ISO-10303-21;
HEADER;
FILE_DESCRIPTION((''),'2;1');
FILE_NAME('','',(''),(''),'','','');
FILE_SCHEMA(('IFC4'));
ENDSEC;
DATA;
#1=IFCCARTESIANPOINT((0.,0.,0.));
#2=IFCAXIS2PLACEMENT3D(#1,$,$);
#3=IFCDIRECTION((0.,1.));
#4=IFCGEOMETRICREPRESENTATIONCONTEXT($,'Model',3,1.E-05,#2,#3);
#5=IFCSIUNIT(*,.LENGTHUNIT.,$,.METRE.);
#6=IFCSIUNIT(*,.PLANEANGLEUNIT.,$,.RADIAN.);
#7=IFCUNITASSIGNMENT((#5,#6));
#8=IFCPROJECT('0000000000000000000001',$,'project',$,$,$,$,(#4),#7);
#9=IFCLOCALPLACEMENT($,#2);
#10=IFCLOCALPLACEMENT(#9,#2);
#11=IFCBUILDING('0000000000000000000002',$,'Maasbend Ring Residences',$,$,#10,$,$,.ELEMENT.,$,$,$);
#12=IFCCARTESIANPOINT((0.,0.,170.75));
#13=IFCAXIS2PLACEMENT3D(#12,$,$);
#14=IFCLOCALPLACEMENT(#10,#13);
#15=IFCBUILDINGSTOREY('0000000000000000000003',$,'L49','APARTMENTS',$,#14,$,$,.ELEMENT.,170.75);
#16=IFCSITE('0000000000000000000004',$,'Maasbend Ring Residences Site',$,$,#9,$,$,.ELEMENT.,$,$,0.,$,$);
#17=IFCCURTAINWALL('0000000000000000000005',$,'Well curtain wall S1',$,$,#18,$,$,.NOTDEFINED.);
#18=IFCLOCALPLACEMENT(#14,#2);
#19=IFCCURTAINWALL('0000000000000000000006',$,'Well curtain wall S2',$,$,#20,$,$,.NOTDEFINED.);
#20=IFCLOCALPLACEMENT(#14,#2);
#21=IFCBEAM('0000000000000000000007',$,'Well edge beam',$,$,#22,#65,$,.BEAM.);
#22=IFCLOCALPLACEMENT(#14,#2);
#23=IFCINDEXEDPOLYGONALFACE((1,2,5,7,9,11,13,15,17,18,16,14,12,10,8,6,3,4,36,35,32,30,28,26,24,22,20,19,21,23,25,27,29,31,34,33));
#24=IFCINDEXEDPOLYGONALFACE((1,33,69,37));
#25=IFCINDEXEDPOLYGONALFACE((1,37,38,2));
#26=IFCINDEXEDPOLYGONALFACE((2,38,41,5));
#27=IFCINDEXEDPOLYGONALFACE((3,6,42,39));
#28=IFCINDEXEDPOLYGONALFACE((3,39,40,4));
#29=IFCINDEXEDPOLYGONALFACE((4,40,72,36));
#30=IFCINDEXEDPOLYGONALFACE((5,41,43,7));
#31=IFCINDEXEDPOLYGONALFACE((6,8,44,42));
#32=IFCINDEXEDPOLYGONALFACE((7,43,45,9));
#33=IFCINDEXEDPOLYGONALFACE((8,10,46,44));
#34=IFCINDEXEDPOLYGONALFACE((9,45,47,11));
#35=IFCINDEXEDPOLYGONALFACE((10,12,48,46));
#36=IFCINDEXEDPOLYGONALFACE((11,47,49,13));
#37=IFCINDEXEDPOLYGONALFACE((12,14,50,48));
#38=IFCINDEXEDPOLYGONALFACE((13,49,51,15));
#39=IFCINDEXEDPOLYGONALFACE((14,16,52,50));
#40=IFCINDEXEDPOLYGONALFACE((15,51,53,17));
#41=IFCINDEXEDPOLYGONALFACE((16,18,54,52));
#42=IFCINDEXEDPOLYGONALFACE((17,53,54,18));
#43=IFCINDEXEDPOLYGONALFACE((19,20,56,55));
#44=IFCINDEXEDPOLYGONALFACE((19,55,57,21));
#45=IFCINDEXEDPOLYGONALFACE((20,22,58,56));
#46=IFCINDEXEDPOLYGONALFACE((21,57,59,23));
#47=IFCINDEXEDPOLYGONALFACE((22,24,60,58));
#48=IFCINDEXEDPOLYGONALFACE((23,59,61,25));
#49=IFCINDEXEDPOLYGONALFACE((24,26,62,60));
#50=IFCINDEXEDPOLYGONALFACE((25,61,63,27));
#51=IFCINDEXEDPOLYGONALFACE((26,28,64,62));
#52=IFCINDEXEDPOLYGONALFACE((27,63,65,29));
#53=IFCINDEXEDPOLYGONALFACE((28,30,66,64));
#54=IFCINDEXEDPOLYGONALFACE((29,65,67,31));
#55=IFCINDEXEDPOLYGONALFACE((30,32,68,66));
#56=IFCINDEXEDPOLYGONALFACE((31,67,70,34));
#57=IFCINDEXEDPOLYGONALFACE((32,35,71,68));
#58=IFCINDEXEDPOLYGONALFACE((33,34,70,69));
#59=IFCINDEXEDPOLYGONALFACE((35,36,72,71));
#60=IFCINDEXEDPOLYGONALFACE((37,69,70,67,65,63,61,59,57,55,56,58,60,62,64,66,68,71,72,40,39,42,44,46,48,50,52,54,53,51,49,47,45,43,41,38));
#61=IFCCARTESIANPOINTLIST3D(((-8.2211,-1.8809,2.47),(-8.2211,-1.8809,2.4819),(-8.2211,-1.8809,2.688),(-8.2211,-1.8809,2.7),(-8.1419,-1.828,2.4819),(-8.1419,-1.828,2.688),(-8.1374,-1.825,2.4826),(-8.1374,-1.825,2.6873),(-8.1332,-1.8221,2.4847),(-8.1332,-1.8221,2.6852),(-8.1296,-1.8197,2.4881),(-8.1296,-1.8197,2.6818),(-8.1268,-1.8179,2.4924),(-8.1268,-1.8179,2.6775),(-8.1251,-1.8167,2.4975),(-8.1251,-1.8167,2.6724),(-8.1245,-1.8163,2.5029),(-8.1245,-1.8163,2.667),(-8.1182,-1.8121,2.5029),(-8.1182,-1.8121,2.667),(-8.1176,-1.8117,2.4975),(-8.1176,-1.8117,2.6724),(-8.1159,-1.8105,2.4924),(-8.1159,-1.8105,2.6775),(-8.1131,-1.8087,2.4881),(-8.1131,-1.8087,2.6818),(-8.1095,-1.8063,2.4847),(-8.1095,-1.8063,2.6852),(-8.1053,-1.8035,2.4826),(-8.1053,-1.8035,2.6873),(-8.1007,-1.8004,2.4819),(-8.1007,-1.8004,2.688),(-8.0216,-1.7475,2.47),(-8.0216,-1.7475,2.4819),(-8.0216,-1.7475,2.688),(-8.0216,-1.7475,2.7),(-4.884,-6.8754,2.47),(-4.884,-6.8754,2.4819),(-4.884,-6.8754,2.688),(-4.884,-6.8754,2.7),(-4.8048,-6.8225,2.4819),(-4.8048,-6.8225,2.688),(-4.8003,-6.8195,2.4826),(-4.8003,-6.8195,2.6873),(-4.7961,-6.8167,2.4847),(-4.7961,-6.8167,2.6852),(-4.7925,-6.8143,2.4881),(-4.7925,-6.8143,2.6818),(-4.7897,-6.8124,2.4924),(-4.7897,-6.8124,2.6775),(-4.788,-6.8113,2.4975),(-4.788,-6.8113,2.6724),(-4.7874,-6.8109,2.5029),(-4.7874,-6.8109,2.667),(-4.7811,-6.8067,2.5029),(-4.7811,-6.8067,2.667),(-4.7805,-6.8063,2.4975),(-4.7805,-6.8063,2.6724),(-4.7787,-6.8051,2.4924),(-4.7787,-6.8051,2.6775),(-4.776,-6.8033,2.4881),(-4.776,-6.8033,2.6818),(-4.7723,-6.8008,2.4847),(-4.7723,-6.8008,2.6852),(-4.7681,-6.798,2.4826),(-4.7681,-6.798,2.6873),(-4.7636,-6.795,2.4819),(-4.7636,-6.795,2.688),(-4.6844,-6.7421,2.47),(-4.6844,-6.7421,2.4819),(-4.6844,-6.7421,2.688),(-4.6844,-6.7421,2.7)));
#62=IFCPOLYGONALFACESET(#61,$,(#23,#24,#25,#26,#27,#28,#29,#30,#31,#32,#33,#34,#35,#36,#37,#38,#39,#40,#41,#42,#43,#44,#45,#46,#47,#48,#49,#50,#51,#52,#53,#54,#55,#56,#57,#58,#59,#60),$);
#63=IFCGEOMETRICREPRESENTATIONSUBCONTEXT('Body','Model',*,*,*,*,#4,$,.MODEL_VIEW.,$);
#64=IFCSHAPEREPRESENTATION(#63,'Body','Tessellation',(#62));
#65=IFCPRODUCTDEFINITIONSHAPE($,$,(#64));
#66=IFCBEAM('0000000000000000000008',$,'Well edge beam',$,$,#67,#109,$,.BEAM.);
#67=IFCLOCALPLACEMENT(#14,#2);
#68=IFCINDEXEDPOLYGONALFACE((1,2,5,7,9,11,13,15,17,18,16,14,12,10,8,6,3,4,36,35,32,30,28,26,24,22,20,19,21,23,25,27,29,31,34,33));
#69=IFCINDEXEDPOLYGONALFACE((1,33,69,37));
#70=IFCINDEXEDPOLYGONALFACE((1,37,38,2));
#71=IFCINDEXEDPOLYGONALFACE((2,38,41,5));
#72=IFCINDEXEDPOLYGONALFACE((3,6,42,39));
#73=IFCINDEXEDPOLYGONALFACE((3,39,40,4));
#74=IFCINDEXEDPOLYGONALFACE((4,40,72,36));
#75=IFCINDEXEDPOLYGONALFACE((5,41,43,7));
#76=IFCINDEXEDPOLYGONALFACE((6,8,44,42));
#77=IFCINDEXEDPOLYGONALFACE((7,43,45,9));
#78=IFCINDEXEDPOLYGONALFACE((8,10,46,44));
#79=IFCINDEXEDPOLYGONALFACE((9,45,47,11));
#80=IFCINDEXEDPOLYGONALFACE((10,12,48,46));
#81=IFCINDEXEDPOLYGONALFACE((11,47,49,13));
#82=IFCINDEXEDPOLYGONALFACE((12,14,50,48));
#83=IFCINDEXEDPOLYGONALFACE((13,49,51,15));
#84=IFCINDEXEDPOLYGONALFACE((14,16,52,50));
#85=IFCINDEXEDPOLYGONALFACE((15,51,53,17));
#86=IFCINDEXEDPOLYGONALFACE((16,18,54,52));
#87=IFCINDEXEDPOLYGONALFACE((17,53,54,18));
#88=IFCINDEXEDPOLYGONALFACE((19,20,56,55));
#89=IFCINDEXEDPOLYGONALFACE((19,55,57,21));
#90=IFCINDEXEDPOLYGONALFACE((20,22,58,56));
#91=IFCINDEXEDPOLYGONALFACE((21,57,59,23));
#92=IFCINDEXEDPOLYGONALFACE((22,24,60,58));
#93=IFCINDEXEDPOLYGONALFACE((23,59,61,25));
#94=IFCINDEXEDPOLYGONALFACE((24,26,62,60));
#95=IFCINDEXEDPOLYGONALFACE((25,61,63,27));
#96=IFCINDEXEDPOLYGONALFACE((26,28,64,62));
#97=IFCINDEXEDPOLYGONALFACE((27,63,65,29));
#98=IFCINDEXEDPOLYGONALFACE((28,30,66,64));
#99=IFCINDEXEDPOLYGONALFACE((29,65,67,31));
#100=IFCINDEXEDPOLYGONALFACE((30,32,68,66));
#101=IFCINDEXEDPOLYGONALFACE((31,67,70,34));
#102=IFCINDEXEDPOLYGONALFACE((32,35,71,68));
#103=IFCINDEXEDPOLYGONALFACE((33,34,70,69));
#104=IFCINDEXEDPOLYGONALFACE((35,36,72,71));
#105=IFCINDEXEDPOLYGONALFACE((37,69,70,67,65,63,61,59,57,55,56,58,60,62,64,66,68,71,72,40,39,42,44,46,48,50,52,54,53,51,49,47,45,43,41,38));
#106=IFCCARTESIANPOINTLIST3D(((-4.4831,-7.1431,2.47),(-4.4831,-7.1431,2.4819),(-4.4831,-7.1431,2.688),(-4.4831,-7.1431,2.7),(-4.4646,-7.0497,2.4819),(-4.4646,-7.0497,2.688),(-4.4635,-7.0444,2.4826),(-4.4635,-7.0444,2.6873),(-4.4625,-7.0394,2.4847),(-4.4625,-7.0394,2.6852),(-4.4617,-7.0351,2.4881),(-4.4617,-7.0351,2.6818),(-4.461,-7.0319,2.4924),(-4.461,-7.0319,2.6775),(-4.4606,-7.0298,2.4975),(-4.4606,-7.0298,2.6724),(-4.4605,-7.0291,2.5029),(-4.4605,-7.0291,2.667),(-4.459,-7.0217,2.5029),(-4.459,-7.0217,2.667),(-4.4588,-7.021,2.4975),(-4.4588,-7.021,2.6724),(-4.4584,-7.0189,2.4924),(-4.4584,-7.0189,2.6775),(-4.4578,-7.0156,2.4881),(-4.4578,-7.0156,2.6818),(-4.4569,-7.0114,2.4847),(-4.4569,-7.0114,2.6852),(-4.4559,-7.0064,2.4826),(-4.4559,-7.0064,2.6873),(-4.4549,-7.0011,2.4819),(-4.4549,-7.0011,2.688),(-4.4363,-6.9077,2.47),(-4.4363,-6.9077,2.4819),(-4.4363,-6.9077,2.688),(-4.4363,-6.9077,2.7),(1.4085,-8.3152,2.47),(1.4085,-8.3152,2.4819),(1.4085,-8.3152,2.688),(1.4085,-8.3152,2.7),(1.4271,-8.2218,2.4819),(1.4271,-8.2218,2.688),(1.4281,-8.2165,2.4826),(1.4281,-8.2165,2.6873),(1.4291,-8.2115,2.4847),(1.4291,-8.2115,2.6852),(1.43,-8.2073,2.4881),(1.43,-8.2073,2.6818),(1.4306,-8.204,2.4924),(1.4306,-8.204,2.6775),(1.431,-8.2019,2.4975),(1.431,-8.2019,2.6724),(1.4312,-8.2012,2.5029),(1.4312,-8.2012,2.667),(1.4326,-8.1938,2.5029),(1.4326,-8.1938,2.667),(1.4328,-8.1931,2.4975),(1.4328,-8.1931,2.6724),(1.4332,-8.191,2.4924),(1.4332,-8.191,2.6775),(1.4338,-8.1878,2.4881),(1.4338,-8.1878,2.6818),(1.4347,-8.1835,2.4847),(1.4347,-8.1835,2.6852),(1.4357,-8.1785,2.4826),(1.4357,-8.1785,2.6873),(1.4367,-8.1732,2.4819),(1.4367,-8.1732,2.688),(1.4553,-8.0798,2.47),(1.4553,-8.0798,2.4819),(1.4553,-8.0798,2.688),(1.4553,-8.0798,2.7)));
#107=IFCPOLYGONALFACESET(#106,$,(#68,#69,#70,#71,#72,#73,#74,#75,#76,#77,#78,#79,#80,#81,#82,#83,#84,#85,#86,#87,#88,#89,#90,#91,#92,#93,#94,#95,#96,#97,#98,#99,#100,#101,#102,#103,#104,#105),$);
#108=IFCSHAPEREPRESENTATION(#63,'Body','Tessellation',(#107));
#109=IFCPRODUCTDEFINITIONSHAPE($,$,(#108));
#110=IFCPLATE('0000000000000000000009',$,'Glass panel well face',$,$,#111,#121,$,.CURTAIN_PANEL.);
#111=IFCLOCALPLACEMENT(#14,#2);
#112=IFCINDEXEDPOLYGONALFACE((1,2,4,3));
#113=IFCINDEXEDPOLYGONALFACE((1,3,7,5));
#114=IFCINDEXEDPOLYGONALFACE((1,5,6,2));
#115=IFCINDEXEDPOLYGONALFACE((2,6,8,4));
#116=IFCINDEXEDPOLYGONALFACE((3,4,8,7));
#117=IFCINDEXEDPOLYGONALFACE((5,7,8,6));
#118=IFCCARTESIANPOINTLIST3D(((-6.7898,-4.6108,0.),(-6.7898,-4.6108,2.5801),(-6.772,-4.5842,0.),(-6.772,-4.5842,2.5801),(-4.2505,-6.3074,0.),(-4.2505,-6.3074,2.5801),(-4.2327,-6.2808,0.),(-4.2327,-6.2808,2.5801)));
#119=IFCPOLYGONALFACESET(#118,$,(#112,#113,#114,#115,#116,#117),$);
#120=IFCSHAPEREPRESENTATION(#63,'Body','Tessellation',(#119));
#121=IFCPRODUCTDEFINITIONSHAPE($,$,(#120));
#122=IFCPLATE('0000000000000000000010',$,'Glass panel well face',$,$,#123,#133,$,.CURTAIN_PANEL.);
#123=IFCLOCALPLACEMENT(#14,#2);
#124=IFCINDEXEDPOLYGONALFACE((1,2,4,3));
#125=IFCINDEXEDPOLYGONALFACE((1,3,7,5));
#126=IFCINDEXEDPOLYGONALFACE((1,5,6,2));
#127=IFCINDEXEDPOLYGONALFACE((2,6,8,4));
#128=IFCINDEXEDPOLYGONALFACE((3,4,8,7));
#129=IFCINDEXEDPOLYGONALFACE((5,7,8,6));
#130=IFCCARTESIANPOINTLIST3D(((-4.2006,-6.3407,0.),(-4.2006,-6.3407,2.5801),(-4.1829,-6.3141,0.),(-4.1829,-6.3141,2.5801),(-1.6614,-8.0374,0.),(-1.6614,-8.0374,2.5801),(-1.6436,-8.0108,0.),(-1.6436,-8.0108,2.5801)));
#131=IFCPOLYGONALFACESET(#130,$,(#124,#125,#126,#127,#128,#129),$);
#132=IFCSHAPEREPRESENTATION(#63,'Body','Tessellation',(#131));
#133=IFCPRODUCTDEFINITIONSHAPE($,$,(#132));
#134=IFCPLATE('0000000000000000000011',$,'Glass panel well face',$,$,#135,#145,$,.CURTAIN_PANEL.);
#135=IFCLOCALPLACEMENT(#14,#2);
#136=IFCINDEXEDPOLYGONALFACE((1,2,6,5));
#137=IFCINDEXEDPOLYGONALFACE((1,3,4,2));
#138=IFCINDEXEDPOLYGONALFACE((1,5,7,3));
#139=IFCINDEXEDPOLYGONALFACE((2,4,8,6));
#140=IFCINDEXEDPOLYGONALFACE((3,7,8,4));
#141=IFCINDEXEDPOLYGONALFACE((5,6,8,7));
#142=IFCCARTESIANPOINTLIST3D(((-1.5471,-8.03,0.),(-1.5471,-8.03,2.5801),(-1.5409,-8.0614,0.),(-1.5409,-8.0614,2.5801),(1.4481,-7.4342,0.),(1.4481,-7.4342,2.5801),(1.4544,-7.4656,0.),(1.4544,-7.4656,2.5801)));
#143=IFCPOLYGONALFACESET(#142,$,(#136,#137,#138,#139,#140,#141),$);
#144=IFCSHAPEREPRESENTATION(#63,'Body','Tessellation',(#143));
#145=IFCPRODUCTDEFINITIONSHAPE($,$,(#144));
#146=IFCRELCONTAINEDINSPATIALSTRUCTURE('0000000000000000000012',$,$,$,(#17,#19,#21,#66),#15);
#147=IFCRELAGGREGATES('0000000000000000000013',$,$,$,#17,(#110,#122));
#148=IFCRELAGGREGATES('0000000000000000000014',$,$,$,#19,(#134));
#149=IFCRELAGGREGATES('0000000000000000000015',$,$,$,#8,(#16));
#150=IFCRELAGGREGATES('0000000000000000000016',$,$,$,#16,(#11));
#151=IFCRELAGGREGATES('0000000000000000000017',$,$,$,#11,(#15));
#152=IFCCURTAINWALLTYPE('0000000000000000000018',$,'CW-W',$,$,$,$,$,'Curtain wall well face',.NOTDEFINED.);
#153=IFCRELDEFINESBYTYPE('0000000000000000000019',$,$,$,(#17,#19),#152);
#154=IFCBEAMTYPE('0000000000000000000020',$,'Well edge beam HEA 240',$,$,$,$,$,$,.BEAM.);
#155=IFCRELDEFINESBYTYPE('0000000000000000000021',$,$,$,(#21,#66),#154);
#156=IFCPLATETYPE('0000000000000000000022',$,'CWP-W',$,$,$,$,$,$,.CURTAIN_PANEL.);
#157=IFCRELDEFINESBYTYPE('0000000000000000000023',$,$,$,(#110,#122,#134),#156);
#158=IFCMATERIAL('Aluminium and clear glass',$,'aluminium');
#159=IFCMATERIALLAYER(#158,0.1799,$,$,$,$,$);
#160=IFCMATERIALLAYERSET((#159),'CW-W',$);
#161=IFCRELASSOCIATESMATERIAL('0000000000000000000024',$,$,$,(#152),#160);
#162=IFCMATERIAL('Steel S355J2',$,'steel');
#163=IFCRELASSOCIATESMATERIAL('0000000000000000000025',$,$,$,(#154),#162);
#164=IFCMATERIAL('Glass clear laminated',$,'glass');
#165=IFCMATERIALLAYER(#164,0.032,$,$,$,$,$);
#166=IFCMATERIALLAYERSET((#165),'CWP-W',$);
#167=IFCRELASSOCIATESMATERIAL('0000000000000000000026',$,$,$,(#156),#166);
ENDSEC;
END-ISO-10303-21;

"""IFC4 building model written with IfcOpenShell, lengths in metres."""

from ifc_helpers import new_model, si_unit, direction, frame, origin, origin_2d, place, context, subcontext, project, spatial, rectangle, i_section, extrude, material, layer, layer_set, material_profile, profile_set, type_object, element, aggregate, save


model = new_model("IFC4")

# Units and contexts
model_context = context("Model", 3, precision=1e-05, world=origin(), true_north=direction((0.0, 1.0)))
body_context = subcontext(model_context, "Body", "Model", "MODEL_VIEW")
ifc_project = project(units=[si_unit("LENGTHUNIT", "METRE"), si_unit("PLANEANGLEUNIT", "RADIAN")], contexts=[model_context])

# Site, building, storey
site_placement = place(None, origin())
site = spatial("IfcSite", under=ifc_project, at=site_placement, Name="Maasbend Ring Residences Site", CompositionType="ELEMENT", RefElevation=0.0)
building_placement = place(site_placement, origin())
building = spatial("IfcBuilding", under=site, at=building_placement, Name="Maasbend Ring Residences", CompositionType="ELEMENT")
storey_placement = place(building_placement, frame((0.0, 0.0, 170.75)))
storey = spatial("IfcBuildingStorey", under=building, at=storey_placement, Name="L49", Description="APARTMENTS", CompositionType="ELEMENT", Elevation=170.75)

# Curtain wall
ifc_material_1 = material(Name="Aluminium and clear glass", Category="aluminium")
ifc_layer_1 = layer(ifc_material_1, 0.1799)
ifc_layer_set_1 = layer_set([ifc_layer_1], Name="CW-W")
curtain_wall_type = type_object("IfcCurtainWallType", Name="CW-W", ElementType="Curtain wall well face", PredefinedType="NOTDEFINED", material=ifc_layer_set_1)
curtain_wall_1_placement = place(storey_placement, origin())
curtain_wall_1 = element("IfcCurtainWall", 1, at=curtain_wall_1_placement, inside=storey, type_object=curtain_wall_type, Name="Well curtain wall S1", PredefinedType="NOTDEFINED")

# Curtain wall
curtain_wall_2_placement = place(storey_placement, origin())
curtain_wall_2 = element("IfcCurtainWall", 2, at=curtain_wall_2_placement, inside=storey, type_object=curtain_wall_type, Name="Well curtain wall S2", PredefinedType="NOTDEFINED")

# Beams
ifc_material_2 = material(Name="Steel S355J2", Category="steel")
ifc_material_profile_1 = material_profile(ifc_material_2, i_section(OverallWidth=0.24, OverallDepth=0.23, WebThickness=0.0076, FlangeThickness=0.012, FilletRadius=0.021, at=origin_2d()), Name="HEA 240")
ifc_profile_set_1 = profile_set([ifc_material_profile_1], Name="Steel S355J2")
beam_type = type_object("IfcBeamType", Name="Well edge beam HEA 240", PredefinedType="BEAM", material=ifc_profile_set_1)
beam_1_placement = place(storey_placement, frame((-8.1213, -1.8142, 2.585), z_axis=(0.555553, -0.831481, 0.0), x_axis=(0.831481, 0.555553, 0.0)))
element("IfcBeam", 3, at=beam_1_placement, inside=storey, type_object=beam_type, Name="Well edge beam", PredefinedType="BEAM", context=body_context, shape_type="SweptSolid", body=[
    extrude(i_section(OverallWidth=0.24, OverallDepth=0.23, WebThickness=0.0076, FlangeThickness=0.012, FilletRadius=0.021, at=origin_2d()), origin(), (0.0, 0.0, 1.0), 6.0068),
])
beam_2_placement = place(storey_placement, frame((-4.4597, -7.0254, 2.585), z_axis=(0.980779, -0.195123, 0.0), x_axis=(0.195123, 0.980779, 0.0)))
element("IfcBeam", 4, at=beam_2_placement, inside=storey, type_object=beam_type, Name="Well edge beam", PredefinedType="BEAM", context=body_context, shape_type="SweptSolid", body=[
    extrude(i_section(OverallWidth=0.24, OverallDepth=0.23, WebThickness=0.0076, FlangeThickness=0.012, FilletRadius=0.021, at=origin_2d()), origin(), (0.0, 0.0, 1.0), 6.0071),
])

# Plates
ifc_material_3 = material(Name="Glass clear laminated", Category="glass")
ifc_layer_2 = layer(ifc_material_3, 0.032)
ifc_layer_set_2 = layer_set([ifc_layer_2], Name="CWP-W")
plate_type = type_object("IfcPlateType", Name="CWP-W", PredefinedType="CURTAIN_PANEL", material=ifc_layer_set_2)
plate_1_placement = place(storey_placement, frame((-5.5112, -5.4458, 0.0), z_axis=(0.0, 0.0, 1.0), x_axis=(0.83147, -0.55557, 0.0)))
plate_1 = element("IfcPlate", 5, at=plate_1_placement, type_object=plate_type, Name="Glass panel well face", PredefinedType="CURTAIN_PANEL", context=body_context, shape_type="SweptSolid", body=[
    extrude(rectangle(XDim=3.054, YDim=0.032, at=origin_2d()), origin(), (0.0, 0.0, 1.0), 2.5801),
])
plate_2_placement = place(storey_placement, frame((-2.9221, -7.1758, 0.0), z_axis=(0.0, 0.0, 1.0), x_axis=(0.83147, -0.55557, 0.0)))
plate_2 = element("IfcPlate", 6, at=plate_2_placement, type_object=plate_type, Name="Glass panel well face", PredefinedType="CURTAIN_PANEL", context=body_context, shape_type="SweptSolid", body=[
    extrude(rectangle(XDim=3.054, YDim=0.032, at=origin_2d()), origin(), (0.0, 0.0, 1.0), 2.5801),
])
aggregate(curtain_wall_1, [plate_1, plate_2])
plate_3_placement = place(storey_placement, frame((-0.0464, -7.7478, 0.0), z_axis=(0.0, 0.0, 1.0), x_axis=(0.980785, 0.19509, 0.0)))
plate_3 = element("IfcPlate", 7, at=plate_3_placement, type_object=plate_type, Name="Glass panel well face", PredefinedType="CURTAIN_PANEL", context=body_context, shape_type="SweptSolid", body=[
    extrude(rectangle(XDim=3.054, YDim=0.032, at=origin_2d()), origin(), (0.0, 0.0, 1.0), 2.5801),
])
aggregate(curtain_wall_2, [plate_3])

save(model, "model.ifc")
